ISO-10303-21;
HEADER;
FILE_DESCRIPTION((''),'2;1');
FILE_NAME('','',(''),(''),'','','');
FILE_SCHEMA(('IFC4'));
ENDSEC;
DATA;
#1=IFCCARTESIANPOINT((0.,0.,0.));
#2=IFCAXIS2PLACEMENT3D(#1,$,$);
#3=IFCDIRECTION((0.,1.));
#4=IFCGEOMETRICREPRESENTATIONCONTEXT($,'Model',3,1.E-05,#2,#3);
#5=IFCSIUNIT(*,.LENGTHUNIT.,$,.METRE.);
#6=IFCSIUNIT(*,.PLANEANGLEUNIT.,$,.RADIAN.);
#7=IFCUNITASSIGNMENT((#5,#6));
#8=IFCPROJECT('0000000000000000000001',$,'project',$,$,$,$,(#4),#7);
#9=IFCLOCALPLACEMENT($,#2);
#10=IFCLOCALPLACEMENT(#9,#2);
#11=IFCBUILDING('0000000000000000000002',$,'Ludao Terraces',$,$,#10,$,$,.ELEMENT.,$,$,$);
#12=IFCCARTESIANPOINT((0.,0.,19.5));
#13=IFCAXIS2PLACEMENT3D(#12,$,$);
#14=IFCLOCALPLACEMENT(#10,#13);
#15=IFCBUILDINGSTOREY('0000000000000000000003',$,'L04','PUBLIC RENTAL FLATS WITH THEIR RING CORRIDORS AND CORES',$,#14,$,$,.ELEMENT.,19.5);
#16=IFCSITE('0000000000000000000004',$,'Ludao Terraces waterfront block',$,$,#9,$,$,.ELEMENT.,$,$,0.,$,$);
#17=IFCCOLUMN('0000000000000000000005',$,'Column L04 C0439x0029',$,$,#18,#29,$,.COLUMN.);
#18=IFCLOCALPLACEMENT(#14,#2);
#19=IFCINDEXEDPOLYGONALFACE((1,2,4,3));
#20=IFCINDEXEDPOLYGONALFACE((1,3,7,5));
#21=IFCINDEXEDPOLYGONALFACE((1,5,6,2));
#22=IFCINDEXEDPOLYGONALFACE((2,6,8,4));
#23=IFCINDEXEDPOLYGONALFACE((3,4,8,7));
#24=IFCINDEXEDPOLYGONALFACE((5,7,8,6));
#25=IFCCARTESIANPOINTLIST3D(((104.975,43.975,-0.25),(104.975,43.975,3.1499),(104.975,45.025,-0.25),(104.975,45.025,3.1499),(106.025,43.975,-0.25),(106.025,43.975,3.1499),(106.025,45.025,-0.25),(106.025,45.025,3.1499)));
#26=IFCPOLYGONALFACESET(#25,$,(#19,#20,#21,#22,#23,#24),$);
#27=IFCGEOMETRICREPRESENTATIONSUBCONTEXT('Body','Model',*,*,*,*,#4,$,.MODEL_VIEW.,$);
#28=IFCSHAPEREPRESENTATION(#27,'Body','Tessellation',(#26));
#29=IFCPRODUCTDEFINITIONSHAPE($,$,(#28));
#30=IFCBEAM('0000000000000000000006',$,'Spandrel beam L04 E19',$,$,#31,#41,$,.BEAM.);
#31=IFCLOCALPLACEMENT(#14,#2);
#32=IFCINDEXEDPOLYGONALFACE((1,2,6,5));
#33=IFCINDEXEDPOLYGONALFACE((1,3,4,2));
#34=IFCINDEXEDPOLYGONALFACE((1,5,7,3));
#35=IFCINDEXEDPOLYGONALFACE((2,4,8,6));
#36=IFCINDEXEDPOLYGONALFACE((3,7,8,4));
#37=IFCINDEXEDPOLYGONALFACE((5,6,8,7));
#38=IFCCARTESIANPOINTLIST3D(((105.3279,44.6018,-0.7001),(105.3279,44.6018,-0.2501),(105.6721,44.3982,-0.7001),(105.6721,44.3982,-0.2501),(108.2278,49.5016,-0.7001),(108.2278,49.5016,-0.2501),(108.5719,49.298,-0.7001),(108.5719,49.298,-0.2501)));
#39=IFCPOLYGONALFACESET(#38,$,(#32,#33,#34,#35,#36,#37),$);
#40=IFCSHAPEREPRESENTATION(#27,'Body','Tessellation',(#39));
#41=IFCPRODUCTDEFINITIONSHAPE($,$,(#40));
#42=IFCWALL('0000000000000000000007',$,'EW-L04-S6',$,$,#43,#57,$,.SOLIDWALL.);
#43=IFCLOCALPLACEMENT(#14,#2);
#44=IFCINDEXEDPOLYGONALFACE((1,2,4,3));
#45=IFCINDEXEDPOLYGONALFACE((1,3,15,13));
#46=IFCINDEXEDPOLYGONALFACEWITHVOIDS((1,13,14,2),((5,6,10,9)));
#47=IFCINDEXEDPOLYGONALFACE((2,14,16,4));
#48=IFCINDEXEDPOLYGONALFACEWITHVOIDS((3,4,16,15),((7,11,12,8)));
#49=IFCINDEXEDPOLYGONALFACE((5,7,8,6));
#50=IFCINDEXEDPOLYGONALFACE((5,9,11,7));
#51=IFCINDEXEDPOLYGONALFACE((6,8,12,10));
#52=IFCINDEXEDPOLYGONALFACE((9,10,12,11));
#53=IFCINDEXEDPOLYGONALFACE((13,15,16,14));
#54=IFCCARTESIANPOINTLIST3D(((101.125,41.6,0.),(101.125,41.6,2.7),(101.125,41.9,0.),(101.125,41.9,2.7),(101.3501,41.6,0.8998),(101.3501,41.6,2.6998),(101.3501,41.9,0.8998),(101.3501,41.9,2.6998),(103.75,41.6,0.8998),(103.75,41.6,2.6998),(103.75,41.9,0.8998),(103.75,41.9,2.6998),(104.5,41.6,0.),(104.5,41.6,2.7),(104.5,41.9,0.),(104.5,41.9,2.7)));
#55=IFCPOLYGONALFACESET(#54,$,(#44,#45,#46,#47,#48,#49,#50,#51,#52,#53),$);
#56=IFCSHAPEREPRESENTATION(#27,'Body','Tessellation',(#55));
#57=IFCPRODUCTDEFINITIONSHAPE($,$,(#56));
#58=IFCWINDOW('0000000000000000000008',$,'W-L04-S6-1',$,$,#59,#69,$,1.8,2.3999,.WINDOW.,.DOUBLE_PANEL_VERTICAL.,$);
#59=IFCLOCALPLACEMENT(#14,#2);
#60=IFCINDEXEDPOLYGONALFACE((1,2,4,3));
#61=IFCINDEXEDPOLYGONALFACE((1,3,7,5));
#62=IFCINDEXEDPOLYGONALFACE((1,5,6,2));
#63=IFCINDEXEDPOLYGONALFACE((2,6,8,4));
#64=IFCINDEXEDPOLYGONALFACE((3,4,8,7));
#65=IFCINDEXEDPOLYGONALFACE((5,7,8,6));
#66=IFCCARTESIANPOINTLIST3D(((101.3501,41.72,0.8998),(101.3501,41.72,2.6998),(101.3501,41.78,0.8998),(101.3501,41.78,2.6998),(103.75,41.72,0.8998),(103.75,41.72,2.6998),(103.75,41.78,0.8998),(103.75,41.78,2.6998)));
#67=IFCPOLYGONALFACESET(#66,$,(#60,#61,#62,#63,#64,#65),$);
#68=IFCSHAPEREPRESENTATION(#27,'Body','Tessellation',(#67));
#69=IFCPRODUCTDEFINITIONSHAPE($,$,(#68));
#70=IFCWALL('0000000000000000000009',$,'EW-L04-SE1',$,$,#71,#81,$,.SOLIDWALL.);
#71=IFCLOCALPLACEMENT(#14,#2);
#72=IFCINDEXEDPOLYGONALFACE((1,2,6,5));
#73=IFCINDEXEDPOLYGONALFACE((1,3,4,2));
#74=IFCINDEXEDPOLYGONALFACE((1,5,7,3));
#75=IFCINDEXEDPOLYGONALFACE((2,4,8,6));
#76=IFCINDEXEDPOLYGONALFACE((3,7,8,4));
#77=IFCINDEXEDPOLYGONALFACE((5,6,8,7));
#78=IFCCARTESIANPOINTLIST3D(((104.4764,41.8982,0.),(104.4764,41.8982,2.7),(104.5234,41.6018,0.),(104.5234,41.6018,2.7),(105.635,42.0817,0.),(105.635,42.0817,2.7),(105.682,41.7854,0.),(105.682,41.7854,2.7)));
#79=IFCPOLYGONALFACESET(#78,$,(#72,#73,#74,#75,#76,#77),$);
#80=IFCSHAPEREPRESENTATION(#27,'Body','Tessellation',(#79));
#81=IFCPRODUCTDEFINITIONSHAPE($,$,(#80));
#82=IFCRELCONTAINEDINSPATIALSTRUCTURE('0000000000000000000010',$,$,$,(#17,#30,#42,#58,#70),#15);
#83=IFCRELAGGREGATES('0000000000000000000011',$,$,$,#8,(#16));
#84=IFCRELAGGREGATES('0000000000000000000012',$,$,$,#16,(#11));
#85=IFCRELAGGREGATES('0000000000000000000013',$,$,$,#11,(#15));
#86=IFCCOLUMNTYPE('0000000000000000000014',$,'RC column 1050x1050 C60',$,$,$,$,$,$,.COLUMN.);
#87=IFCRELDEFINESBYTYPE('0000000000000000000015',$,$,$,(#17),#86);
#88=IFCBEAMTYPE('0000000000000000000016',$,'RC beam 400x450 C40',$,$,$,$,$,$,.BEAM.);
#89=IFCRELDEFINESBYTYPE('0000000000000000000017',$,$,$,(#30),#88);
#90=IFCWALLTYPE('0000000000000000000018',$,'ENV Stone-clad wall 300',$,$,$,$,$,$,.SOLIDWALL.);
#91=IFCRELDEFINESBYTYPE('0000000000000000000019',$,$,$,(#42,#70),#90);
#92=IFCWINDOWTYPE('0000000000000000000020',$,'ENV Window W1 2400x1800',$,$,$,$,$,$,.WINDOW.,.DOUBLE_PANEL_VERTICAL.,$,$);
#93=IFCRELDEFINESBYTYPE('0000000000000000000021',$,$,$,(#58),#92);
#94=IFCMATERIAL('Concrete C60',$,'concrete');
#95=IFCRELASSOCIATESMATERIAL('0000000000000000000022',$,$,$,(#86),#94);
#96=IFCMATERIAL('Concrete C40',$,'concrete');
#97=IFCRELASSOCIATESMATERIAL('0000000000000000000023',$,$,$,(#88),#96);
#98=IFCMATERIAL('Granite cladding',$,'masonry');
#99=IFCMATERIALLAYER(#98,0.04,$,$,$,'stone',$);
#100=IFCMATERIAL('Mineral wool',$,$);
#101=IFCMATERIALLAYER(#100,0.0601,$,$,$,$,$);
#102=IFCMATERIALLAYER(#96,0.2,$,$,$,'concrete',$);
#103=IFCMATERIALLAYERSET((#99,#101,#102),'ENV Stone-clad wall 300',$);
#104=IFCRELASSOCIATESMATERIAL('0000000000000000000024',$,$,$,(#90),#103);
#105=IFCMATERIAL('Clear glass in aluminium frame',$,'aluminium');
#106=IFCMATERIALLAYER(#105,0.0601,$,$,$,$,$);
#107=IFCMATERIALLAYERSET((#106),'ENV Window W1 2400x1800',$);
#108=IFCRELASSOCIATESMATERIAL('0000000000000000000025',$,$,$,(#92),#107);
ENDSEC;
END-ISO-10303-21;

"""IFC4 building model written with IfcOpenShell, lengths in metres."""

from ifc_helpers import new_model, si_unit, direction, frame, frame_2d, origin, origin_2d, place, context, subcontext, project, spatial, rectangle, extrude, material, layer, layer_set, material_profile, profile_set, type_object, element, fill, save


model = new_model("IFC4")

# Units and contexts
model_context = context("Model", 3, precision=1e-05, world=origin(), true_north=direction((0.0, 1.0)))
body_context = subcontext(model_context, "Body", "Model", "MODEL_VIEW")
ifc_project = project(units=[si_unit("LENGTHUNIT", "METRE"), si_unit("PLANEANGLEUNIT", "RADIAN")], contexts=[model_context])

# Site, building, storey
site_placement = place(None, origin())
site = spatial("IfcSite", under=ifc_project, at=site_placement, Name="Ludao Terraces waterfront block", CompositionType="ELEMENT", RefElevation=0.0)
building_placement = place(site_placement, origin())
building = spatial("IfcBuilding", under=site, at=building_placement, Name="Ludao Terraces", CompositionType="ELEMENT")
storey_placement = place(building_placement, frame((0.0, 0.0, 19.5)))
storey = spatial("IfcBuildingStorey", under=building, at=storey_placement, Name="L04", Description="PUBLIC RENTAL FLATS WITH THEIR RING CORRIDORS AND CORES", CompositionType="ELEMENT", Elevation=19.5)

# Column
ifc_material_1 = material(Name="Concrete C60", Category="concrete")
ifc_material_profile_1 = material_profile(ifc_material_1, rectangle(XDim=1.05, YDim=1.05, at=origin_2d()), Name="1050 X 1050")
ifc_profile_set_1 = profile_set([ifc_material_profile_1], Name="Concrete C60")
column_type = type_object("IfcColumnType", Name="RC column 1050x1050 C60", PredefinedType="COLUMN", material=ifc_profile_set_1)
column_placement = place(storey_placement, frame((105.5, 44.5, -0.25), z_axis=(0.0, 0.0, 1.0), x_axis=(1.0, 0.0, 0.0)))
element("IfcColumn", 1, at=column_placement, inside=storey, type_object=column_type, Name="Column L04 C0439x0029", PredefinedType="COLUMN", context=body_context, shape_type="SweptSolid", body=[
    extrude(rectangle(XDim=1.05, YDim=1.05, at=origin_2d()), origin(), (0.0, 0.0, 1.0), 3.3999),
])

# Beam
ifc_material_2 = material(Name="Concrete C40", Category="concrete")
ifc_material_profile_2 = material_profile(ifc_material_2, rectangle(XDim=0.3999, YDim=0.45, at=origin_2d()), Name="400 X 450")
ifc_profile_set_2 = profile_set([ifc_material_profile_2], Name="Concrete C40")
beam_type = type_object("IfcBeamType", Name="RC beam 400x450 C40", PredefinedType="BEAM", material=ifc_profile_set_2)
beam_placement = place(storey_placement, frame((105.5, 44.5, -0.4751), z_axis=(0.509316, 0.86058, 0.0), x_axis=(-0.86058, 0.509316, 0.0)))
element("IfcBeam", 2, at=beam_placement, inside=storey, type_object=beam_type, Name="Spandrel beam L04 E19", PredefinedType="BEAM", context=body_context, shape_type="SweptSolid", body=[
    extrude(rectangle(XDim=0.3999, YDim=0.45, at=origin_2d()), origin(), (0.0, 0.0, 1.0), 5.6936),
])

# Wall, opening, window
ifc_material_3 = material(Name="Granite cladding", Category="masonry")
ifc_layer_1 = layer(ifc_material_3, 0.04, Category="stone")
ifc_material_4 = material(Name="Mineral wool")
ifc_layer_2 = layer(ifc_material_4, 0.0601)
ifc_layer_3 = layer(ifc_material_2, 0.2, Category="concrete")
ifc_layer_set_1 = layer_set([ifc_layer_1, ifc_layer_2, ifc_layer_3], Name="ENV Stone-clad wall 300")
wall_type_1 = type_object("IfcWallType", Name="ENV Stone-clad wall 300", PredefinedType="SOLIDWALL", material=ifc_layer_set_1)
wall_1_placement = place(storey_placement, frame((101.125, 41.75, 0.0), z_axis=(0.0, 0.0, 1.0), x_axis=(1.0, 0.0, 0.0)))
wall_1 = element("IfcWall", 3, at=wall_1_placement, inside=storey, type_object=wall_type_1, Name="EW-L04-S6", PredefinedType="SOLIDWALL", context=body_context, shape_type="SweptSolid", body=[
    extrude(rectangle(XDim=3.375, YDim=0.3, at=frame_2d((1.6875, 0.0))), origin(), (0.0, 0.0, 1.0), 2.7),
])
opening_1_placement = place(wall_1_placement, frame((0.2251, 0.0, 0.8999)))
opening_1 = element("IfcOpeningElement", 4, at=opening_1_placement, cuts=wall_1, PredefinedType="OPENING", context=body_context, shape_type="SweptSolid", body=[
    extrude(rectangle(XDim=2.3999, YDim=1.8, at=frame_2d((1.2, 0.8999))), frame((0.0, 0.1602, 0.0), z_axis=(0.0, -1.0, 0.0), x_axis=(1.0, 0.0, 0.0)), (0.0, 0.0, 1.0), 0.3201),
])
ifc_material_5 = material(Name="Clear glass in aluminium frame", Category="aluminium")
ifc_layer_4 = layer(ifc_material_5, 0.0601)
ifc_layer_set_2 = layer_set([ifc_layer_4], Name="ENV Window W1 2400x1800")
window_type = type_object("IfcWindowType", Name="ENV Window W1 2400x1800", PartitioningType="DOUBLE_PANEL_VERTICAL", PredefinedType="WINDOW", material=ifc_layer_set_2)
window_placement = place(opening_1_placement, origin())
window = element("IfcWindow", 5, at=window_placement, inside=storey, type_object=window_type, Name="W-L04-S6-1", OverallHeight=1.8, OverallWidth=2.3999, PartitioningType="DOUBLE_PANEL_VERTICAL", PredefinedType="WINDOW", context=body_context, shape_type="SweptSolid", body=[
    extrude(rectangle(XDim=2.3999, YDim=1.8, at=frame_2d((1.2, 0.8999))), frame((0.0, 0.03, 0.0), z_axis=(0.0, -1.0, 0.0), x_axis=(1.0, 0.0, 0.0)), (0.0, 0.0, 1.0), 0.0601),
])
fill(opening_1, window)

# Wall
wall_2_placement = place(storey_placement, frame((104.5, 41.75, 0.0), z_axis=(0.0, 0.0, 1.0), x_axis=(0.987678, 0.156497, 0.0)))
element("IfcWall", 6, at=wall_2_placement, inside=storey, type_object=wall_type_1, Name="EW-L04-SE1", PredefinedType="SOLIDWALL", context=body_context, shape_type="SweptSolid", body=[
    extrude(rectangle(XDim=1.1731, YDim=0.3, at=frame_2d((0.5864, 0.0))), origin(), (0.0, 0.0, 1.0), 2.7),
])

save(model, "model.ifc")
